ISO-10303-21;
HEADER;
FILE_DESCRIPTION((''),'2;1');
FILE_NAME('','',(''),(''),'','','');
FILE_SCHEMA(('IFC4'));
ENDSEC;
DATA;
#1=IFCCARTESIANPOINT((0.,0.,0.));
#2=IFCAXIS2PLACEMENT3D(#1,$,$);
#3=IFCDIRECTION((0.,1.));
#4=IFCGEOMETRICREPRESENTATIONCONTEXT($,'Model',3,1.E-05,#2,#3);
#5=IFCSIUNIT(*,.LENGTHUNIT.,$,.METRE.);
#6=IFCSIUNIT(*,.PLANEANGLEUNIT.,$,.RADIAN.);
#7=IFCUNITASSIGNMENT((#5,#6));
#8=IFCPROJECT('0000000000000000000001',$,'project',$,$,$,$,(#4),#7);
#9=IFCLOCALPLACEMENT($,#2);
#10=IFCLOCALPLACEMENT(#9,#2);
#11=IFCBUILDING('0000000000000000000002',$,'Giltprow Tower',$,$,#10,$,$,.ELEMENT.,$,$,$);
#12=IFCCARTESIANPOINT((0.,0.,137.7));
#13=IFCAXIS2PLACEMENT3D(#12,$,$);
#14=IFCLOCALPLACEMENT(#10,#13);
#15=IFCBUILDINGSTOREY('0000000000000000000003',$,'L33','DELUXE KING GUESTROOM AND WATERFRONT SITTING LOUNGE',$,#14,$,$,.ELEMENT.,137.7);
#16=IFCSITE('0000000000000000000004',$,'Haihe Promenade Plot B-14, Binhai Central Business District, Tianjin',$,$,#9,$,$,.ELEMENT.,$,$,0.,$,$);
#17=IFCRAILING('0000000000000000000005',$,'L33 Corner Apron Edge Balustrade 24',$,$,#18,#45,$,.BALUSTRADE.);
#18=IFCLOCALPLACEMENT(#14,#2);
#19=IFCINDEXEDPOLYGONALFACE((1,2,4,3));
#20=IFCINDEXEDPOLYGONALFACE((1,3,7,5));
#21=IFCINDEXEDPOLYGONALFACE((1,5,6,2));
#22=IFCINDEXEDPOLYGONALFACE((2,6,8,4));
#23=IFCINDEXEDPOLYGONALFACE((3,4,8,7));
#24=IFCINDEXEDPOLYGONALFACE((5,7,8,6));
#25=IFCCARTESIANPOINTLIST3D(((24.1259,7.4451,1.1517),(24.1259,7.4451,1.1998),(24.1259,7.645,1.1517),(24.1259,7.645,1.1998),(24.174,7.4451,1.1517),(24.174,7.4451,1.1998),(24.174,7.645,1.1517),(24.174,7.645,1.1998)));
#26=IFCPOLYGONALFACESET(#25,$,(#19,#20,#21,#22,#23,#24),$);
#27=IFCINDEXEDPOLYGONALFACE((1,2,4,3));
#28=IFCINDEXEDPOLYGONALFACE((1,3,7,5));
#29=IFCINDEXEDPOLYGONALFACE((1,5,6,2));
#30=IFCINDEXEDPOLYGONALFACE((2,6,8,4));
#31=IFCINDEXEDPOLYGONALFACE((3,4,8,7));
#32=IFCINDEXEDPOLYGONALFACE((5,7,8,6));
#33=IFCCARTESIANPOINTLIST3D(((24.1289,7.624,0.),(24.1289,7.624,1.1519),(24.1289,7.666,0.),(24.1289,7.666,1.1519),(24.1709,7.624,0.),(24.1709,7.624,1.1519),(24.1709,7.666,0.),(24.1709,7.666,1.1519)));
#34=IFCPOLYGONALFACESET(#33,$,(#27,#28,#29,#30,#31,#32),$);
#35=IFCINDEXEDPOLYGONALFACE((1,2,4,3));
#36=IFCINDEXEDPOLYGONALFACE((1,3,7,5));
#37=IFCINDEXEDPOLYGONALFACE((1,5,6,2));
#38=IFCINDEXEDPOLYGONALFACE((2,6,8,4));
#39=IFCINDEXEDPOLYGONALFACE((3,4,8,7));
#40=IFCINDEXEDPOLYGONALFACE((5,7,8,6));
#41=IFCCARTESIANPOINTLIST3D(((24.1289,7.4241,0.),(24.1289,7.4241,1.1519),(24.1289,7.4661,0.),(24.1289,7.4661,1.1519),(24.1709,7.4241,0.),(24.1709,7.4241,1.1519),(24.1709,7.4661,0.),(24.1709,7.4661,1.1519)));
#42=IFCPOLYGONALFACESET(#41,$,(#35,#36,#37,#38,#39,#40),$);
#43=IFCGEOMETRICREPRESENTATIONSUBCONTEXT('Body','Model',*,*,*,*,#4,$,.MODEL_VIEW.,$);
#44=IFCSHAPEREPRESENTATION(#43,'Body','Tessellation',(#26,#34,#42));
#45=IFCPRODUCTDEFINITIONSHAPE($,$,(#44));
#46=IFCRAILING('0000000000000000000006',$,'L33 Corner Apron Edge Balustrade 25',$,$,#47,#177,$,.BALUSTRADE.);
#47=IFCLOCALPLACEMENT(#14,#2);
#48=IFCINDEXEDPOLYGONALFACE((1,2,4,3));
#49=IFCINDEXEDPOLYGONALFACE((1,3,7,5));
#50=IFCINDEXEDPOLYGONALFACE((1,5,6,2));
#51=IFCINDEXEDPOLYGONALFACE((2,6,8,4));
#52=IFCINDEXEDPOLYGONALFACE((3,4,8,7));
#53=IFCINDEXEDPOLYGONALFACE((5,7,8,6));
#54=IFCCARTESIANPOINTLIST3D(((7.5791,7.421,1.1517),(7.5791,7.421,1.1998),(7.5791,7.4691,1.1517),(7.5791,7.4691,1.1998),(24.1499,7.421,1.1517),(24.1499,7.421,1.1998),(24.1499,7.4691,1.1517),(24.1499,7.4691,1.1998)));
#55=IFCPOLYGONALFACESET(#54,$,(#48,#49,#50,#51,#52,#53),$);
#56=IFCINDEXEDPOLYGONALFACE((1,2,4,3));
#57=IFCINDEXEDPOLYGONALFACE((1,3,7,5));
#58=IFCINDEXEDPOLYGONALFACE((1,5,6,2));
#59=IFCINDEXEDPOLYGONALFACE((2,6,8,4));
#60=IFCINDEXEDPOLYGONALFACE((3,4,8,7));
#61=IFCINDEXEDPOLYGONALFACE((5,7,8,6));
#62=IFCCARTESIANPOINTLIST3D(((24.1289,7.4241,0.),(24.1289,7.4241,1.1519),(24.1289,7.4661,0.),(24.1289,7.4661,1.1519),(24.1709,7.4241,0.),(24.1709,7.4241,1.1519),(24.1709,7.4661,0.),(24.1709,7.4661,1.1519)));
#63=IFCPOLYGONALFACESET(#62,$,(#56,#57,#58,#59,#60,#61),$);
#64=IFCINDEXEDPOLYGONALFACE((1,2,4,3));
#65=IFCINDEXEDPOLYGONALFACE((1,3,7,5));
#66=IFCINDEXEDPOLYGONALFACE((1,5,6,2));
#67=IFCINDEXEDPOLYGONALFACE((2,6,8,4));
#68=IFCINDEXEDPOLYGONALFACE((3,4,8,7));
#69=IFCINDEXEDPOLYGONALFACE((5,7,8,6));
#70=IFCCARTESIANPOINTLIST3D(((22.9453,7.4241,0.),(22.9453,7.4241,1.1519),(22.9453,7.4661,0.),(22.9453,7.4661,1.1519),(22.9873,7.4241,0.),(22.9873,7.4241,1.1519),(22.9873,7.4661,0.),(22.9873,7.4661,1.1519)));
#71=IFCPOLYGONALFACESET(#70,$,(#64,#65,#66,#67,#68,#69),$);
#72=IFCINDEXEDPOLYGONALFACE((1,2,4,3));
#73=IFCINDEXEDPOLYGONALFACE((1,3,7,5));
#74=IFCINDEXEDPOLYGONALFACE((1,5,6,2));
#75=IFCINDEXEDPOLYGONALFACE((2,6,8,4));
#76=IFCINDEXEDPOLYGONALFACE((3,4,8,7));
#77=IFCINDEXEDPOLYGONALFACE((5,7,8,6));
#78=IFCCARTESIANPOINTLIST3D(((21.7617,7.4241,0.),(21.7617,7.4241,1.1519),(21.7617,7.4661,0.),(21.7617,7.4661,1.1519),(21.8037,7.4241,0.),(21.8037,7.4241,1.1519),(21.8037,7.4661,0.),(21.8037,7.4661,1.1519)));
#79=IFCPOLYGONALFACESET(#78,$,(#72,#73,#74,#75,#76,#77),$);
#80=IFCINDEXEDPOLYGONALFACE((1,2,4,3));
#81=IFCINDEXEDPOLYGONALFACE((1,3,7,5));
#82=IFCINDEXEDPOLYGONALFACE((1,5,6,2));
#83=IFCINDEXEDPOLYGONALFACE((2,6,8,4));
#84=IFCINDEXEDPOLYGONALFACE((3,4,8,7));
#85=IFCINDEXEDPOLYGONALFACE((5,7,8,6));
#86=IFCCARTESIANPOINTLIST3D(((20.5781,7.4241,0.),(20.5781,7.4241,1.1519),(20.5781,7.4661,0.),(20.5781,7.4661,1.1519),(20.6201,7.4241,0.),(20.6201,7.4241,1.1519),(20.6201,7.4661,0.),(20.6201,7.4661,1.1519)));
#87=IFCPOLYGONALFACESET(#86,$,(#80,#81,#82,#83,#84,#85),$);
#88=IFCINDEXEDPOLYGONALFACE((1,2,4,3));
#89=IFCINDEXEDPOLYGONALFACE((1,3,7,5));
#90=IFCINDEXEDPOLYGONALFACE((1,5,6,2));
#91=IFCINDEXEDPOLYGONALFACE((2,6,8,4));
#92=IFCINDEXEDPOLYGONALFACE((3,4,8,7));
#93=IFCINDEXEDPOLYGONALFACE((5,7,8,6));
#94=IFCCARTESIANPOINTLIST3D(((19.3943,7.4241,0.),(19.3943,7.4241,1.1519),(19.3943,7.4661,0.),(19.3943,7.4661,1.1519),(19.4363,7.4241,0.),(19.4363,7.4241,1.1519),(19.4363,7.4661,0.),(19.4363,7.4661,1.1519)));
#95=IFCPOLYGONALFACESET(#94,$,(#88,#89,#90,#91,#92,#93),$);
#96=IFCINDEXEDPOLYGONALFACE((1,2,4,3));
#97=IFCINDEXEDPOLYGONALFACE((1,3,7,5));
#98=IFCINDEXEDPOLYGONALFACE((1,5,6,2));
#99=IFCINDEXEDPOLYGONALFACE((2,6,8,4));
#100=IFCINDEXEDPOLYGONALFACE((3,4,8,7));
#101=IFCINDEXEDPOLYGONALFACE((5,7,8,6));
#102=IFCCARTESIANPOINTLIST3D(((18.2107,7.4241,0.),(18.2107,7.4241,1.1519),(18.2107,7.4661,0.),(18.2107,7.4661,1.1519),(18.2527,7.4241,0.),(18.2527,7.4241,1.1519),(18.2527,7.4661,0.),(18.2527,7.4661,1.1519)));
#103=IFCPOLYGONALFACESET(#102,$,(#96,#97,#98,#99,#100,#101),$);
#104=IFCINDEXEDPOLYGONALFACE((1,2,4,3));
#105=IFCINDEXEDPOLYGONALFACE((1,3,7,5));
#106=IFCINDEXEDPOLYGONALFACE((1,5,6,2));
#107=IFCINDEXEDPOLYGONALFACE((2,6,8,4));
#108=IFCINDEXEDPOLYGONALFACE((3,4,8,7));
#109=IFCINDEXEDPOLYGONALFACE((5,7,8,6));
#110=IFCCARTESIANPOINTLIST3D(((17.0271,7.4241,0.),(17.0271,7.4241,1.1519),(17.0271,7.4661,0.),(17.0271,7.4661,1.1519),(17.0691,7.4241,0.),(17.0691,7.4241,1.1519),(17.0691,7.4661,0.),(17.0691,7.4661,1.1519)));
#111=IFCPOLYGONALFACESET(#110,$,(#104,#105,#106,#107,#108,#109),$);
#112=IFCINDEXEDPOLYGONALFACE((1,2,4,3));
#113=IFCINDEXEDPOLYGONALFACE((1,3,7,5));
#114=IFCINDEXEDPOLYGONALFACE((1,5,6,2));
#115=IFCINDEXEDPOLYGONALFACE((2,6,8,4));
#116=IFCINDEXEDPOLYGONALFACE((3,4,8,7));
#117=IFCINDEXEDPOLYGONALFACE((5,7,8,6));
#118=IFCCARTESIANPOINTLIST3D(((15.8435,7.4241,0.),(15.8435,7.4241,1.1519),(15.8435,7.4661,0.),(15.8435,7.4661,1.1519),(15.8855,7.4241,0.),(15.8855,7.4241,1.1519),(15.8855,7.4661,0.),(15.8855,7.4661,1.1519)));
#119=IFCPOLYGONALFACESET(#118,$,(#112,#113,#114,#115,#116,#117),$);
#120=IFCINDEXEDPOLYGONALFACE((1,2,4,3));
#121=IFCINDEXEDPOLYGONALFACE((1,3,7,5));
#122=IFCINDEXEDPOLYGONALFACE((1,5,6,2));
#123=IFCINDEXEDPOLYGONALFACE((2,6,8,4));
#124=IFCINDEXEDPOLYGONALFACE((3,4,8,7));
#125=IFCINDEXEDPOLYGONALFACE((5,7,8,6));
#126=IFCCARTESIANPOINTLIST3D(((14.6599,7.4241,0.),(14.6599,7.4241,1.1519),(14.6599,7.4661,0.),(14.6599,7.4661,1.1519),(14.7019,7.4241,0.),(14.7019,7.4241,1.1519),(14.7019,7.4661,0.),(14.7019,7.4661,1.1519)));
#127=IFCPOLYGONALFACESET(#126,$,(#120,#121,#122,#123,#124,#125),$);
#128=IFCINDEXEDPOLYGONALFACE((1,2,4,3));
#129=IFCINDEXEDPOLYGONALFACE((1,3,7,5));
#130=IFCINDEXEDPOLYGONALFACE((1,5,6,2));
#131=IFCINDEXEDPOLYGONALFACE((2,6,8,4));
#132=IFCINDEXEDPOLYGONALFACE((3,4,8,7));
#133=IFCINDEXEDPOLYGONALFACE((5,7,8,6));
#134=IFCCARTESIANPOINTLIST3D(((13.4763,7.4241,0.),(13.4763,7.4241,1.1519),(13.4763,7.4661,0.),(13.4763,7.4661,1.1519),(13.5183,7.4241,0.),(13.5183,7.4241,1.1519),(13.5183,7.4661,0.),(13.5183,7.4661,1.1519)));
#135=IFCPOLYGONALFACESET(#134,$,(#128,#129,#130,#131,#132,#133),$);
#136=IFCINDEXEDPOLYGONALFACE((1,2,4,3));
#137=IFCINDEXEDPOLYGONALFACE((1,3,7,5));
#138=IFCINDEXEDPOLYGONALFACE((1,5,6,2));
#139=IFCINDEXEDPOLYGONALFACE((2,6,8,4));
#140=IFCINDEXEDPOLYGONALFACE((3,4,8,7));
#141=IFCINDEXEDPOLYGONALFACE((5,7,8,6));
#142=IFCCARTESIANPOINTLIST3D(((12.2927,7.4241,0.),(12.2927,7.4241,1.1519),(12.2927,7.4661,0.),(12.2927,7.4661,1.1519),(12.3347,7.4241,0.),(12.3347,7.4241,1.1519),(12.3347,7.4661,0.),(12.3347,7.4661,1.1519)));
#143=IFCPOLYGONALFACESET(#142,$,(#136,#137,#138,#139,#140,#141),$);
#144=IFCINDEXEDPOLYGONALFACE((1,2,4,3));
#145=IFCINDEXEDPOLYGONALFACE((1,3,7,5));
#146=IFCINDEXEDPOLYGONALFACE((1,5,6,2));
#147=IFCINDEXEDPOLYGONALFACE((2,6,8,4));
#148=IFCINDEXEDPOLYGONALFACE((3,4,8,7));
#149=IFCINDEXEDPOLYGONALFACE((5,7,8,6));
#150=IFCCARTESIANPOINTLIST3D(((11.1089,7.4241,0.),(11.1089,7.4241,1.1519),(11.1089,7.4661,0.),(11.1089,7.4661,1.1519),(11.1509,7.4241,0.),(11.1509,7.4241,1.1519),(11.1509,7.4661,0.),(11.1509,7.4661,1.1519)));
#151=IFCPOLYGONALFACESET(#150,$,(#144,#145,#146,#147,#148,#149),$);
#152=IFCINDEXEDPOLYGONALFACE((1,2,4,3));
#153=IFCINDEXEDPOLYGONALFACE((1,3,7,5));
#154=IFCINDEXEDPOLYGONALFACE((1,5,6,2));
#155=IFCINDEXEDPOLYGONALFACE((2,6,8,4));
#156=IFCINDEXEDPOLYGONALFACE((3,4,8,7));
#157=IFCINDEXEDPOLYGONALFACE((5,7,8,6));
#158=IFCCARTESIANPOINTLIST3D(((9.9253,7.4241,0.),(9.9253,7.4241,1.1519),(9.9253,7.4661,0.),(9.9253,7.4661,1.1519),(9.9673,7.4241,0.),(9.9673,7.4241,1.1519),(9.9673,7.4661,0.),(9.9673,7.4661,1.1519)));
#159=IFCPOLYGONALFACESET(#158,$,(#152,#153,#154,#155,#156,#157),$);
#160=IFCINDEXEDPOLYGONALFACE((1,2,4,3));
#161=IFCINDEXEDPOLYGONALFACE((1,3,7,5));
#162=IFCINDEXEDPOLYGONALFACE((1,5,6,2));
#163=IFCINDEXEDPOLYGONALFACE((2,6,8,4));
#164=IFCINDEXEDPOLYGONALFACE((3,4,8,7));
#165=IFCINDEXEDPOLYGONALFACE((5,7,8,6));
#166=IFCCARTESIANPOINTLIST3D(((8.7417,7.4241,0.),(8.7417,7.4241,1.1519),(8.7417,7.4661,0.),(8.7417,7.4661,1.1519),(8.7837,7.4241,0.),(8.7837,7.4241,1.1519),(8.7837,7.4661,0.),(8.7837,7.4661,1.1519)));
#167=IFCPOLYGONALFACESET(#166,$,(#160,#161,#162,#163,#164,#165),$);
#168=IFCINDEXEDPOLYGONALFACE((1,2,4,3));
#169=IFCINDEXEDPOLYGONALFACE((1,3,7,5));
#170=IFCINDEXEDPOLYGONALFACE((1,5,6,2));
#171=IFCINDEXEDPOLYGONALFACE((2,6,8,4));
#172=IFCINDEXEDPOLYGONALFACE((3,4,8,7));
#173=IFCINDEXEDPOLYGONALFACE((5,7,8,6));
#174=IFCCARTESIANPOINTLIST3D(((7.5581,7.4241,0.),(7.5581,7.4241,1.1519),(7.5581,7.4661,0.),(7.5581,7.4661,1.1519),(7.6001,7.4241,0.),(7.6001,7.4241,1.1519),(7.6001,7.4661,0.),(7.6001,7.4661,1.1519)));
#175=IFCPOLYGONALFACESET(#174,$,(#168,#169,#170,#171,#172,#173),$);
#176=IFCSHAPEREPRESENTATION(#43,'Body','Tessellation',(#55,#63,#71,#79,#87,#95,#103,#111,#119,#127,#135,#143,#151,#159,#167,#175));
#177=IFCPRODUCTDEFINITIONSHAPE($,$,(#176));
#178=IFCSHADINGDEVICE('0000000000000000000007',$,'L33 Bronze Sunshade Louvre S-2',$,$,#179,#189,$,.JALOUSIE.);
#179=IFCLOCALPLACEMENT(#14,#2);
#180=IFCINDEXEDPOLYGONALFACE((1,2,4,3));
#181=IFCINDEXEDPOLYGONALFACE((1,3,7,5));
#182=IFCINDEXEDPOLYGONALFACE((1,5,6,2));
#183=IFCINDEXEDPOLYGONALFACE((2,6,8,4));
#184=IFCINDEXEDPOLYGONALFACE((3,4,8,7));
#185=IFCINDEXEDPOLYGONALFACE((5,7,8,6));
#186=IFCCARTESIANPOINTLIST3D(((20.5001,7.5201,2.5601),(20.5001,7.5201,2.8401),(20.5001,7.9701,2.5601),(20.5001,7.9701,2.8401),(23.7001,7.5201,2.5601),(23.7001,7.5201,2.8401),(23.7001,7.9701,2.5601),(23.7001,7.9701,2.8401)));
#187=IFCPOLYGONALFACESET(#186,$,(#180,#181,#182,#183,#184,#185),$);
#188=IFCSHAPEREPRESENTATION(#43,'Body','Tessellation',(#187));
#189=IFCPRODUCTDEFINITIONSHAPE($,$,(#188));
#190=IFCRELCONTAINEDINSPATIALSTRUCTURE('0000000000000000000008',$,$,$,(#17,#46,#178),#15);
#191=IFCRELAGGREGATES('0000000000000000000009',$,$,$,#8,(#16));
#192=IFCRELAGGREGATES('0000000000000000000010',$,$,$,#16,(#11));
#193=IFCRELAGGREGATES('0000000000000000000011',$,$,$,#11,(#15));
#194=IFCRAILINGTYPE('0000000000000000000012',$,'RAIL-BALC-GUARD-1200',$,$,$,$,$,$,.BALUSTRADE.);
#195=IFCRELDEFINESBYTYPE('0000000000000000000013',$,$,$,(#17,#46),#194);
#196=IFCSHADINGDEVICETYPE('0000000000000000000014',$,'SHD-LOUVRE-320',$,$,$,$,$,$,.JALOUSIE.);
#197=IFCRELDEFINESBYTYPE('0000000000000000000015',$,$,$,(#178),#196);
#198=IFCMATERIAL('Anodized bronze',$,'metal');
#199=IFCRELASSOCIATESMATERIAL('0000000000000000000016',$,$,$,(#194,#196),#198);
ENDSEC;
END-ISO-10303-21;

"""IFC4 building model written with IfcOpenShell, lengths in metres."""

from ifc_helpers import new_model, si_unit, direction, frame, origin, origin_2d, place, context, subcontext, project, spatial, rectangle, extrude, source, transform, mapped, material, type_object, element, save


model = new_model("IFC4")

# Units and contexts
model_context = context("Model", 3, precision=1e-05, world=origin(), true_north=direction((0.0, 1.0)))
body_context = subcontext(model_context, "Body", "Model", "MODEL_VIEW")
ifc_project = project(units=[si_unit("LENGTHUNIT", "METRE"), si_unit("PLANEANGLEUNIT", "RADIAN")], contexts=[model_context])

# Site, building, storey
site_placement = place(None, origin())
site = spatial("IfcSite", under=ifc_project, at=site_placement, Name="Haihe Promenade Plot B-14, Binhai Central Business District, Tianjin", CompositionType="ELEMENT", RefElevation=0.0)
building_placement = place(site_placement, origin())
building = spatial("IfcBuilding", under=site, at=building_placement, Name="Giltprow Tower", CompositionType="ELEMENT")
storey_placement = place(building_placement, frame((0.0, 0.0, 137.7)))
storey = spatial("IfcBuildingStorey", under=building, at=storey_placement, Name="L33", Description="DELUXE KING GUESTROOM AND WATERFRONT SITTING LOUNGE", CompositionType="ELEMENT", Elevation=137.7)

# Shared definitions
ifc_material_1 = material(Name="Anodized bronze", Category="metal")

# Railings
railing_type = type_object("IfcRailingType", Name="RAIL-BALC-GUARD-1200", PredefinedType="BALUSTRADE", material=ifc_material_1)
railing_1_placement = place(storey_placement, frame((24.1499, 7.645, 0.0)))
element("IfcRailing", 1, at=railing_1_placement, inside=storey, type_object=railing_type, Name="L33 Corner Apron Edge Balustrade 24", PredefinedType="BALUSTRADE", context=body_context, shape_type="SweptSolid", body=[
    extrude(rectangle(XDim=0.0481, YDim=0.0481, at=origin_2d()), frame((0.0, 0.0, 1.1758), z_axis=(0.0, -1.0, 0.0), x_axis=(1.0, 0.0, 0.0)), (0.0, 0.0, 1.0), 0.2),
    extrude(rectangle(XDim=0.042, YDim=0.042, at=origin_2d()), origin(), (0.0, 0.0, 1.0), 1.1519),
    extrude(rectangle(XDim=0.042, YDim=0.042, at=origin_2d()), frame((0.0, -0.2, 0.0)), (0.0, 0.0, 1.0), 1.1519),
])
railing_2_placement = place(storey_placement, frame((24.1499, 7.4451, 0.0)))
element("IfcRailing", 2, at=railing_2_placement, inside=storey, type_object=railing_type, Name="L33 Corner Apron Edge Balustrade 25", PredefinedType="BALUSTRADE", context=body_context, shape_type="SweptSolid", body=[
    extrude(rectangle(XDim=0.0481, YDim=0.0481, at=origin_2d()), frame((0.0, 0.0, 1.1758), z_axis=(-1.0, 0.0, 0.0), x_axis=(0.0, -1.0, 0.0)), (0.0, 0.0, 1.0), 16.5708),
    extrude(rectangle(XDim=0.042, YDim=0.042, at=origin_2d()), origin(), (0.0, 0.0, 1.0), 1.1519),
    extrude(rectangle(XDim=0.042, YDim=0.042, at=origin_2d()), frame((-1.1836, 0.0, 0.0)), (0.0, 0.0, 1.0), 1.1519),
    extrude(rectangle(XDim=0.042, YDim=0.042, at=origin_2d()), frame((-2.3672, 0.0, 0.0)), (0.0, 0.0, 1.0), 1.1519),
    extrude(rectangle(XDim=0.042, YDim=0.042, at=origin_2d()), frame((-3.5508, 0.0, 0.0)), (0.0, 0.0, 1.0), 1.1519),
    extrude(rectangle(XDim=0.042, YDim=0.042, at=origin_2d()), frame((-4.7346, 0.0, 0.0)), (0.0, 0.0, 1.0), 1.1519),
    extrude(rectangle(XDim=0.042, YDim=0.042, at=origin_2d()), frame((-5.9182, 0.0, 0.0)), (0.0, 0.0, 1.0), 1.1519),
    extrude(rectangle(XDim=0.042, YDim=0.042, at=origin_2d()), frame((-7.1018, 0.0, 0.0)), (0.0, 0.0, 1.0), 1.1519),
    extrude(rectangle(XDim=0.042, YDim=0.042, at=origin_2d()), frame((-8.2854, 0.0, 0.0)), (0.0, 0.0, 1.0), 1.1519),
    extrude(rectangle(XDim=0.042, YDim=0.042, at=origin_2d()), frame((-9.469, 0.0, 0.0)), (0.0, 0.0, 1.0), 1.1519),
    extrude(rectangle(XDim=0.042, YDim=0.042, at=origin_2d()), frame((-10.6526, 0.0, 0.0)), (0.0, 0.0, 1.0), 1.1519),
    extrude(rectangle(XDim=0.042, YDim=0.042, at=origin_2d()), frame((-11.8362, 0.0, 0.0)), (0.0, 0.0, 1.0), 1.1519),
    extrude(rectangle(XDim=0.042, YDim=0.042, at=origin_2d()), frame((-13.02, 0.0, 0.0)), (0.0, 0.0, 1.0), 1.1519),
    extrude(rectangle(XDim=0.042, YDim=0.042, at=origin_2d()), frame((-14.2036, 0.0, 0.0)), (0.0, 0.0, 1.0), 1.1519),
    extrude(rectangle(XDim=0.042, YDim=0.042, at=origin_2d()), frame((-15.3872, 0.0, 0.0)), (0.0, 0.0, 1.0), 1.1519),
    extrude(rectangle(XDim=0.042, YDim=0.042, at=origin_2d()), frame((-16.5708, 0.0, 0.0)), (0.0, 0.0, 1.0), 1.1519),
])

# Shading device
shading_device_type = type_object("IfcShadingDeviceType", Name="SHD-LOUVRE-320", PredefinedType="JALOUSIE", material=ifc_material_1)
shared_shape_1 = source(origin(), body_context, "Body", "SweptSolid", [
    extrude(rectangle(XDim=3.2, YDim=0.45, at=origin_2d()), origin(), (0.0, 0.0, 1.0), 0.28),
])
shading_device_placement = place(storey_placement, frame((22.1001, 7.7451, 2.5601), z_axis=(0.0, 0.0, 1.0), x_axis=(1.0, 0.0, 0.0)))
element("IfcShadingDevice", 3, at=shading_device_placement, inside=storey, type_object=shading_device_type, Name="L33 Bronze Sunshade Louvre S-2", PredefinedType="JALOUSIE", context=body_context, shape_type="MappedRepresentation", body=[
    mapped(shared_shape_1, transform((0.0, 0.0, 0.0), x_axis=(1.0, 0.0, 0.0), y_axis=(0.0, 1.0, 0.0), z_axis=(0.0, 0.0, 1.0), scale=1.0)),
])

save(model, "model.ifc")
